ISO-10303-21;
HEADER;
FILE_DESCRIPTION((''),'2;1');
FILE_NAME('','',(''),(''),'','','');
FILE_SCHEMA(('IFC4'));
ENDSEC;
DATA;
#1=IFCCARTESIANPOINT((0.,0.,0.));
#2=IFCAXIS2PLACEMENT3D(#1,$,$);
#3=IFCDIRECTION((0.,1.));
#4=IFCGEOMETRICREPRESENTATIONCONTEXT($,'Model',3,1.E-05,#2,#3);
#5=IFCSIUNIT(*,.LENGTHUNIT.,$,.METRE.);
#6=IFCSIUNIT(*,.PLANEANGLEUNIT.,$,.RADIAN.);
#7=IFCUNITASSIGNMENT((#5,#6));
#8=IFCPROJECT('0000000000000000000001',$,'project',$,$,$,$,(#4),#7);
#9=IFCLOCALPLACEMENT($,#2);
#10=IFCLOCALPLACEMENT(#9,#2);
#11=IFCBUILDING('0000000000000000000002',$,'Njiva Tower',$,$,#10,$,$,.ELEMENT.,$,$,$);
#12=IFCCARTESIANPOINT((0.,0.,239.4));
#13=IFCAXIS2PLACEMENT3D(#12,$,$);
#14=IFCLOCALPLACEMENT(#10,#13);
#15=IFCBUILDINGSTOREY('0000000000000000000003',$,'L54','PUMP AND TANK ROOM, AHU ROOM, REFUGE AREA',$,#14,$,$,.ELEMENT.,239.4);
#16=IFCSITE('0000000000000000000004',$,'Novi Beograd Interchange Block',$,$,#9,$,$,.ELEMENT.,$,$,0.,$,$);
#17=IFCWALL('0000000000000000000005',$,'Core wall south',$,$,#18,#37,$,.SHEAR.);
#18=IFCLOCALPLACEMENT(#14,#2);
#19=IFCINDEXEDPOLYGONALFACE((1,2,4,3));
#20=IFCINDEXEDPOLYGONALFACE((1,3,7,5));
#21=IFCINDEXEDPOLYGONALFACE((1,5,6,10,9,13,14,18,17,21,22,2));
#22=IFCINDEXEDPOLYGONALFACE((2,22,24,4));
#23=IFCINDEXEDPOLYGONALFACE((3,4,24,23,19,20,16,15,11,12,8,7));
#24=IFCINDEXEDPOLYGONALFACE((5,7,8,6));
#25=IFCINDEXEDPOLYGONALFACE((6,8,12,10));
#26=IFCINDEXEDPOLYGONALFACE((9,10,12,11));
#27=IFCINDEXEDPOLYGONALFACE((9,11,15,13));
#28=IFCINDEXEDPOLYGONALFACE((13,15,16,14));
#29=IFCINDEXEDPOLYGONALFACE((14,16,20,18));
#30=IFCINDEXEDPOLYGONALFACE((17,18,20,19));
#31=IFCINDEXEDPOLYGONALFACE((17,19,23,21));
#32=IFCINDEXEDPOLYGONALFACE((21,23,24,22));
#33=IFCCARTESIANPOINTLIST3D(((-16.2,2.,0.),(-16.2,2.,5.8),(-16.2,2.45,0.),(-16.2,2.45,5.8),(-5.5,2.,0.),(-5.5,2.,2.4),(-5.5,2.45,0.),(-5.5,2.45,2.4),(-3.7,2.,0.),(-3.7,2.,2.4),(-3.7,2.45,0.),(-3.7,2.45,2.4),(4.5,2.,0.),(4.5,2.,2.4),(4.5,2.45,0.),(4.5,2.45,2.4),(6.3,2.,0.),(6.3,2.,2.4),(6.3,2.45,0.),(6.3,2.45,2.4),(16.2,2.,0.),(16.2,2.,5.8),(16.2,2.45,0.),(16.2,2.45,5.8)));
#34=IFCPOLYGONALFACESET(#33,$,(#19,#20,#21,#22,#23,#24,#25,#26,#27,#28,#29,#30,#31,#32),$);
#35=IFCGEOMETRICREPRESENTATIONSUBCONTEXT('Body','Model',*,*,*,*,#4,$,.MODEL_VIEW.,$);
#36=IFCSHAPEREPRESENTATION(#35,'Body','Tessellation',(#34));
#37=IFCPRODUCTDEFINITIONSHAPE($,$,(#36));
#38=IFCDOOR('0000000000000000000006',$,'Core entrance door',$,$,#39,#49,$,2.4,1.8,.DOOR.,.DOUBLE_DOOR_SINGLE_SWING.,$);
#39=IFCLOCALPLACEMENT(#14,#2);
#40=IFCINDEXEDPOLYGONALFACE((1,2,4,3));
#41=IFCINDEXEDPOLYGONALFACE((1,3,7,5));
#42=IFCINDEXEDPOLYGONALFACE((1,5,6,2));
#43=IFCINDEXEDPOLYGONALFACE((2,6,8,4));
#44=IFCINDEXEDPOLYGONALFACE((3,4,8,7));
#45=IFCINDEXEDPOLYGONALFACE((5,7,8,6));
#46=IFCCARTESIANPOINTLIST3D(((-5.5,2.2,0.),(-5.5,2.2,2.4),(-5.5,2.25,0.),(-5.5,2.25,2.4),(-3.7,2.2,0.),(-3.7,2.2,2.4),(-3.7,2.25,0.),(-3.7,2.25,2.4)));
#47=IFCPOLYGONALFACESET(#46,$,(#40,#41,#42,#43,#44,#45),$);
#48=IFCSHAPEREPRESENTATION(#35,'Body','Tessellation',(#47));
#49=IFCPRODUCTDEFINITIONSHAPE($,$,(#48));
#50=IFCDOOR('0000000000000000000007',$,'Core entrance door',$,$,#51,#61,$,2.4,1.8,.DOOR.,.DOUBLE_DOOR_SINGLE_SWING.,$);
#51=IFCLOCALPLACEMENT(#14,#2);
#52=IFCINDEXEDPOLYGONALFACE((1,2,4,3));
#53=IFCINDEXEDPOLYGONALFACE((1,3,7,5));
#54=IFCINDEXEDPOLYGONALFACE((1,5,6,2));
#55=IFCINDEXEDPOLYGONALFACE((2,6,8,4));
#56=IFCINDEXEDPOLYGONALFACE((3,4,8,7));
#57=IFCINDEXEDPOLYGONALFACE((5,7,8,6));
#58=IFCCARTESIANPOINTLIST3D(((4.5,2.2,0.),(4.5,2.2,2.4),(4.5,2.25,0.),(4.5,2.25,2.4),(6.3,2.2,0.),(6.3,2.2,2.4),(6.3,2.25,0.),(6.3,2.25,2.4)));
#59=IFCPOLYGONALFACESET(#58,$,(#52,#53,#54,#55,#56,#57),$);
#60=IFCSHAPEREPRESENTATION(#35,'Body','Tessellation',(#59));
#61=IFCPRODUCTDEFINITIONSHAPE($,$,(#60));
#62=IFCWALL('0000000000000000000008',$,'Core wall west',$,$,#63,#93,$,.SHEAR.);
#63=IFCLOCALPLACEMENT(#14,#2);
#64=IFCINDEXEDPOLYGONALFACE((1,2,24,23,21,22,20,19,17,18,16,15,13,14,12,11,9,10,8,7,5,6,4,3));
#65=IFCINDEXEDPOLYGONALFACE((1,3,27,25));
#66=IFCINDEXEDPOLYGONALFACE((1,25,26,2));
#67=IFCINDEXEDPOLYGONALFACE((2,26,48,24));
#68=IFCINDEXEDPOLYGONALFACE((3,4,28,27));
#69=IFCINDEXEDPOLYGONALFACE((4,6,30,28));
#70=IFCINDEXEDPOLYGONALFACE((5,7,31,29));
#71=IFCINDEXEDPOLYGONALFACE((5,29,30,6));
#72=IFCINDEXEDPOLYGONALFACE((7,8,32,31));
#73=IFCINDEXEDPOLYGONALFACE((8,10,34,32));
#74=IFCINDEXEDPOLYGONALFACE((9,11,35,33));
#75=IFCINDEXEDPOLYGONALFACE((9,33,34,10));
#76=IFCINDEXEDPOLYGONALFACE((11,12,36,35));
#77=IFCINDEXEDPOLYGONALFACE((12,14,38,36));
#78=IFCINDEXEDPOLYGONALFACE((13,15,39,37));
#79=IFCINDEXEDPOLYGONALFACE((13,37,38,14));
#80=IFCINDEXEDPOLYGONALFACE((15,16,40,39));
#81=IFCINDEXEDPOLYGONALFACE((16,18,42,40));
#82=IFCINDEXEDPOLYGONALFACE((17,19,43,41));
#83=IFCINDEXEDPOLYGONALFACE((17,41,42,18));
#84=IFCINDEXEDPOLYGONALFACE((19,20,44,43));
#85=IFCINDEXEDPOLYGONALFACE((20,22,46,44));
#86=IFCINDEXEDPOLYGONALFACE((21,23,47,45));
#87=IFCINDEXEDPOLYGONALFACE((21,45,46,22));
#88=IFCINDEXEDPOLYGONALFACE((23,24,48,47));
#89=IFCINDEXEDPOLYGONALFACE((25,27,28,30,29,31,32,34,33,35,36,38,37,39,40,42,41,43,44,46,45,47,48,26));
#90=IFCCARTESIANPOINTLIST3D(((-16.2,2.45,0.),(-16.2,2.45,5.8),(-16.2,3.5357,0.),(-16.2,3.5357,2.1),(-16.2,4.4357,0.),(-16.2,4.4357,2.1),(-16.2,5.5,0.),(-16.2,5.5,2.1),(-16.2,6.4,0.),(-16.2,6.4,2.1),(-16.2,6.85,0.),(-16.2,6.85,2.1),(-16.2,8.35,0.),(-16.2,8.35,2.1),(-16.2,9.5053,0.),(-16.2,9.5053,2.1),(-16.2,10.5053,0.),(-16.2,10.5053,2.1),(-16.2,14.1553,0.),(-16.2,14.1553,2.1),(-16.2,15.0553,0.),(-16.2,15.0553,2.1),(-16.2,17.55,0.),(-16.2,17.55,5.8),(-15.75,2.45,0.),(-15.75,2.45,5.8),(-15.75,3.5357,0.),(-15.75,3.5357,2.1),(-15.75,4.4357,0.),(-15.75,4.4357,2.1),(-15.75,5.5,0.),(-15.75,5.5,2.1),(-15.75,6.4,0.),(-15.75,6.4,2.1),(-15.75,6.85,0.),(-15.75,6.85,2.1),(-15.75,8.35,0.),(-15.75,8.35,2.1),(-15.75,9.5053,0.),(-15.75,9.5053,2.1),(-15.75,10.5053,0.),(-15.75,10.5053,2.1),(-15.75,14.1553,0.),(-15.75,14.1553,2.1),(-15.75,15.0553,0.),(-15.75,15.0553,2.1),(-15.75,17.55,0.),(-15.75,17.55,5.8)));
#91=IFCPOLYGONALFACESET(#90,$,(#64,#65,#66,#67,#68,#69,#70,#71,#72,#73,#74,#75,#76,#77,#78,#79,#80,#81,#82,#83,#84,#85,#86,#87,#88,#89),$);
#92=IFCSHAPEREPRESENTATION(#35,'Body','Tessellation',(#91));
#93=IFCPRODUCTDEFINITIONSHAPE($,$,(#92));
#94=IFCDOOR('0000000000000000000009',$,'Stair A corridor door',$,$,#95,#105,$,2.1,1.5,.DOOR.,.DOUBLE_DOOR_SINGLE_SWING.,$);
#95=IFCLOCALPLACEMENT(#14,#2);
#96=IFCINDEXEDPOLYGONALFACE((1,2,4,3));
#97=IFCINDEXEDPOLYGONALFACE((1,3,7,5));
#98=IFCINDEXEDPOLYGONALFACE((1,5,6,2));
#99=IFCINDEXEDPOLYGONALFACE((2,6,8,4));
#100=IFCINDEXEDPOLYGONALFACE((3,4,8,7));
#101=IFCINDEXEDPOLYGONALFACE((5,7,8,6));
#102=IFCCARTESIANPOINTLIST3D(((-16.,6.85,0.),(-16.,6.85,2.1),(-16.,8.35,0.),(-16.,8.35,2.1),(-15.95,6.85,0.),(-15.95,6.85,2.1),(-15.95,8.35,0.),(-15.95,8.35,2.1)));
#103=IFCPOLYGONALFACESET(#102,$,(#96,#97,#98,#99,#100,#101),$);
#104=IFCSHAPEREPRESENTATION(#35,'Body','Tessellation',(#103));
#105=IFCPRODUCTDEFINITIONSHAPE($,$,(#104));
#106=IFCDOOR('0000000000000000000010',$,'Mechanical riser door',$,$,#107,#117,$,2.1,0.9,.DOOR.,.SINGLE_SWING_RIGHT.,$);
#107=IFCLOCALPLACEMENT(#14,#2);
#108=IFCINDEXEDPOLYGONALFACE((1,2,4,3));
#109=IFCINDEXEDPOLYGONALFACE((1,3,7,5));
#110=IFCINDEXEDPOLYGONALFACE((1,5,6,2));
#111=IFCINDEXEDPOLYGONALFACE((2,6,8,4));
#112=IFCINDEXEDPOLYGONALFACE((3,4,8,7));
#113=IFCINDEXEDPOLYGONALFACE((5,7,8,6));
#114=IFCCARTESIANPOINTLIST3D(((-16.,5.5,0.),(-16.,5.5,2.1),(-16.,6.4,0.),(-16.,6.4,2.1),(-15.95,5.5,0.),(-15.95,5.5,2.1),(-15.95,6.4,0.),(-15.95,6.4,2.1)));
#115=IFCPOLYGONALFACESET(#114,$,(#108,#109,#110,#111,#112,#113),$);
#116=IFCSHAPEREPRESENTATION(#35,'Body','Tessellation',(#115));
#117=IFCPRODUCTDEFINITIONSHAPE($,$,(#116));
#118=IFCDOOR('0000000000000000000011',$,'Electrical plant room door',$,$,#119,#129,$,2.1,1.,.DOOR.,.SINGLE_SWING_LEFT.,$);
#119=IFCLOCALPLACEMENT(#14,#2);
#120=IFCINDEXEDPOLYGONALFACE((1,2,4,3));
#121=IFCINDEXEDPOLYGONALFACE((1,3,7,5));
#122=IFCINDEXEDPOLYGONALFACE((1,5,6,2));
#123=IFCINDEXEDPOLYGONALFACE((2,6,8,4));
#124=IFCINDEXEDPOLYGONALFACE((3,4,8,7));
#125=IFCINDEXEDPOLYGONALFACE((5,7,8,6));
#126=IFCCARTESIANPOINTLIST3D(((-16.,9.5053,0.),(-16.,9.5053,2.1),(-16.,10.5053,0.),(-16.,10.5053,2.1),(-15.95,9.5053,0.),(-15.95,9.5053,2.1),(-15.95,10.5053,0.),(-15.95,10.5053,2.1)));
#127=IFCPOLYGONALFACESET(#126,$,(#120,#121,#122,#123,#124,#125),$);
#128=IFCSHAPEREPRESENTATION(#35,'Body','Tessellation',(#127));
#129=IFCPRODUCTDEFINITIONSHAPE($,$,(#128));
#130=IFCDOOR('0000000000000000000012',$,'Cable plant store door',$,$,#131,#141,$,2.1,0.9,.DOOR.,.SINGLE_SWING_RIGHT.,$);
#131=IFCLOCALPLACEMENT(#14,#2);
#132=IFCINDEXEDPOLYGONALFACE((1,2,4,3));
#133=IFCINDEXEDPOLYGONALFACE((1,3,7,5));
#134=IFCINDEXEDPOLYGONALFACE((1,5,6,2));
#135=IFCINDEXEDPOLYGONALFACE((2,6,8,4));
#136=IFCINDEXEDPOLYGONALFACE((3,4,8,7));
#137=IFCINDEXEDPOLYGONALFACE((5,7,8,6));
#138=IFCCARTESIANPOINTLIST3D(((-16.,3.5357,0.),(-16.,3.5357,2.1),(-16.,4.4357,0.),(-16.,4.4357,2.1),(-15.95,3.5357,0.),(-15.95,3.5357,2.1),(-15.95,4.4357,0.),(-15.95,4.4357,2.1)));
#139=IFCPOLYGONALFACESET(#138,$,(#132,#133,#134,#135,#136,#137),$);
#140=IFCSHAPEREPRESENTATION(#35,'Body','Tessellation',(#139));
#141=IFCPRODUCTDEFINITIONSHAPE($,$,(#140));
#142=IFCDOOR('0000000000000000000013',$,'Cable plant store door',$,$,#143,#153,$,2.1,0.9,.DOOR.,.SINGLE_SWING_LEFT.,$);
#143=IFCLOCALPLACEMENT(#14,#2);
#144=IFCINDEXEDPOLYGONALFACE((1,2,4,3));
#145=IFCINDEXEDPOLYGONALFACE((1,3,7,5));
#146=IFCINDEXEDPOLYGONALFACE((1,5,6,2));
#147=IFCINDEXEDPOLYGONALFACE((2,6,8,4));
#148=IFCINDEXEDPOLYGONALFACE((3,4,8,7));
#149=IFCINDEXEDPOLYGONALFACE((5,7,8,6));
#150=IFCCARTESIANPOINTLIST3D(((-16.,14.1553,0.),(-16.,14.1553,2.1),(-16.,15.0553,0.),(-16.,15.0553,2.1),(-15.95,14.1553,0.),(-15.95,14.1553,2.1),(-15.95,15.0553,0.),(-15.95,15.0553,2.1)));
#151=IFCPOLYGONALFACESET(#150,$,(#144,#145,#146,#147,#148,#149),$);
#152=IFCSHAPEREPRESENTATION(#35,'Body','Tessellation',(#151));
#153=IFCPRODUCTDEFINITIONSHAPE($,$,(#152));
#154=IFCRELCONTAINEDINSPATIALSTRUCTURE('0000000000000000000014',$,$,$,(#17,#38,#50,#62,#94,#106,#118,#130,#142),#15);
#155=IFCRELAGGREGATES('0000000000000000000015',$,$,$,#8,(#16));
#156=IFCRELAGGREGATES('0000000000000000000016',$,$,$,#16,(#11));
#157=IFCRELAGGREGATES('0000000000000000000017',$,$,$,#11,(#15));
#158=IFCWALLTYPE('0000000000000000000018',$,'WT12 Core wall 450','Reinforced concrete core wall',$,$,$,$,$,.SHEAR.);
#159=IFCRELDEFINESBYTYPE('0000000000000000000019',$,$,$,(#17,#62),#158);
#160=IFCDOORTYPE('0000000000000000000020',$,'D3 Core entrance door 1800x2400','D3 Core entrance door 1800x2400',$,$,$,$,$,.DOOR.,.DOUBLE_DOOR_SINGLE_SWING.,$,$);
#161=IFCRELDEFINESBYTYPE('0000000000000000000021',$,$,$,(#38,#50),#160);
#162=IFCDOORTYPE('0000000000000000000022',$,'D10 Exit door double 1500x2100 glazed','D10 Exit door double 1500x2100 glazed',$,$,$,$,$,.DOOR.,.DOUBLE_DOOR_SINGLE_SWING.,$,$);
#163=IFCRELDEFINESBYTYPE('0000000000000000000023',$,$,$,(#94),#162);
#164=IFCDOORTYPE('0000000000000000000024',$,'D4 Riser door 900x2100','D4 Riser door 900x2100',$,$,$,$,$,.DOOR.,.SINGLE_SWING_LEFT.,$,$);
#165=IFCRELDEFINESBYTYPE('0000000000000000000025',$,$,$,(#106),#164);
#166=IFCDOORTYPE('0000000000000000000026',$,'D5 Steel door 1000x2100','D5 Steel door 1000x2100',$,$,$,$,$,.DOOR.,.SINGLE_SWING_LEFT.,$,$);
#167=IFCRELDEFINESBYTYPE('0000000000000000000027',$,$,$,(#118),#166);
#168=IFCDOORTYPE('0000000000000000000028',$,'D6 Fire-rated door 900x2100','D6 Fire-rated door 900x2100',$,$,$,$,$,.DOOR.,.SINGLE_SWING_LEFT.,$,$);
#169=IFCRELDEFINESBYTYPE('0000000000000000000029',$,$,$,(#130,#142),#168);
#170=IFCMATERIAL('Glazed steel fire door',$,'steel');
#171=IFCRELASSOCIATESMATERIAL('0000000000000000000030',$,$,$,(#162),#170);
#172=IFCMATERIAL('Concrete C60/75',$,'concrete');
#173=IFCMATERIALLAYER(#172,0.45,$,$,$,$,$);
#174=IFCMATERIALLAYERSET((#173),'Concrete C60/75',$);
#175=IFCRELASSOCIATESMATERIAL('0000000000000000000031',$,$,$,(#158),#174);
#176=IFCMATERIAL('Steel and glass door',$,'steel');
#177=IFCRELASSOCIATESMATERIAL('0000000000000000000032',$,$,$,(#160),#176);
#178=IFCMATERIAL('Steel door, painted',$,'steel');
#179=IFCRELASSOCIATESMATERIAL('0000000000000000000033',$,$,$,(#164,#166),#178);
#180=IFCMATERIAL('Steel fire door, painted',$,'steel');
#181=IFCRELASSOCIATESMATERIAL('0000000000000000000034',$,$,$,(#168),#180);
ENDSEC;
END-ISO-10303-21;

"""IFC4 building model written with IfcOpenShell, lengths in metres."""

from ifc_helpers import new_model, si_unit, direction, frame, frame_2d, origin, place, context, subcontext, project, spatial, rectangle, extrude, material, layer, layer_set, type_object, element, fill, save


model = new_model("IFC4")

# Units and contexts
model_context = context("Model", 3, precision=1e-05, world=origin(), true_north=direction((0.0, 1.0)))
body_context = subcontext(model_context, "Body", "Model", "MODEL_VIEW")
ifc_project = project(units=[si_unit("LENGTHUNIT", "METRE"), si_unit("PLANEANGLEUNIT", "RADIAN")], contexts=[model_context])

# Site, building, storey
site_placement = place(None, origin())
site = spatial("IfcSite", under=ifc_project, at=site_placement, Name="Novi Beograd Interchange Block", CompositionType="ELEMENT", RefElevation=0.0)
building_placement = place(site_placement, origin())
building = spatial("IfcBuilding", under=site, at=building_placement, Name="Njiva Tower", CompositionType="ELEMENT")
storey_placement = place(building_placement, frame((0.0, 0.0, 239.4)))
storey = spatial("IfcBuildingStorey", under=building, at=storey_placement, Name="L54", Description="PUMP AND TANK ROOM, AHU ROOM, REFUGE AREA", CompositionType="ELEMENT", Elevation=239.4)

# Shared definitions
ifc_material_1 = material(Name="Glazed steel fire door", Category="steel")
door_type_1 = type_object("IfcDoorType", Name="D10 Exit door double 1500x2100 glazed", Description="D10 Exit door double 1500x2100 glazed", OperationType="DOUBLE_DOOR_SINGLE_SWING", PredefinedType="DOOR", material=ifc_material_1)

# Walls, openings, doors
ifc_material_2 = material(Name="Concrete C60/75", Category="concrete")
ifc_layer_1 = layer(ifc_material_2, 0.45)
ifc_layer_set_1 = layer_set([ifc_layer_1], Name="Concrete C60/75")
wall_type_1 = type_object("IfcWallType", Name="WT12 Core wall 450", Description="Reinforced concrete core wall", PredefinedType="SHEAR", material=ifc_layer_set_1)
wall_1_placement = place(storey_placement, frame((-16.2, 2.225, 0.0), z_axis=(0.0, 0.0, 1.0), x_axis=(1.0, 0.0, 0.0)))
wall_1 = element("IfcWall", 1, at=wall_1_placement, inside=storey, type_object=wall_type_1, Name="Core wall south", PredefinedType="SHEAR", context=body_context, shape_type="SweptSolid", body=[
    extrude(rectangle(XDim=32.4, YDim=0.45, at=frame_2d((16.2, 0.0))), origin(), (0.0, 0.0, 1.0), 5.8),
])
opening_1_placement = place(wall_1_placement, frame((10.7, 0.0, 0.0)))
opening_1 = element("IfcOpeningElement", 2, at=opening_1_placement, cuts=wall_1, PredefinedType="OPENING", context=body_context, shape_type="SweptSolid", body=[
    extrude(rectangle(XDim=1.8, YDim=2.4, at=frame_2d((0.9, 1.2))), frame((0.0, 0.235, 0.0), z_axis=(0.0, -1.0, 0.0), x_axis=(1.0, 0.0, 0.0)), (0.0, 0.0, 1.0), 0.47),
])
opening_2_placement = place(wall_1_placement, frame((20.7, 0.0, 0.0)))
opening_2 = element("IfcOpeningElement", 3, at=opening_2_placement, cuts=wall_1, PredefinedType="OPENING", context=body_context, shape_type="SweptSolid", body=[
    extrude(rectangle(XDim=1.8, YDim=2.4, at=frame_2d((0.9, 1.2))), frame((0.0, 0.235, 0.0), z_axis=(0.0, -1.0, 0.0), x_axis=(1.0, 0.0, 0.0)), (0.0, 0.0, 1.0), 0.47),
])
ifc_material_3 = material(Name="Steel and glass door", Category="steel")
door_type_2 = type_object("IfcDoorType", Name="D3 Core entrance door 1800x2400", Description="D3 Core entrance door 1800x2400", OperationType="DOUBLE_DOOR_SINGLE_SWING", PredefinedType="DOOR", material=ifc_material_3)
door_1_placement = place(opening_1_placement, origin())
door_1 = element("IfcDoor", 4, at=door_1_placement, inside=storey, type_object=door_type_2, Name="Core entrance door", OperationType="DOUBLE_DOOR_SINGLE_SWING", OverallHeight=2.4, OverallWidth=1.8, PredefinedType="DOOR", context=body_context, shape_type="SweptSolid", body=[
    extrude(rectangle(XDim=1.8, YDim=2.4, at=frame_2d((0.9, 1.2))), frame((0.0, 0.025, 0.0), z_axis=(0.0, -1.0, 0.0), x_axis=(1.0, 0.0, 0.0)), (0.0, 0.0, 1.0), 0.05),
])
fill(opening_1, door_1)
door_2_placement = place(opening_2_placement, origin())
door_2 = element("IfcDoor", 5, at=door_2_placement, inside=storey, type_object=door_type_2, Name="Core entrance door", OperationType="DOUBLE_DOOR_SINGLE_SWING", OverallHeight=2.4, OverallWidth=1.8, PredefinedType="DOOR", context=body_context, shape_type="SweptSolid", body=[
    extrude(rectangle(XDim=1.8, YDim=2.4, at=frame_2d((0.9, 1.2))), frame((0.0, 0.025, 0.0), z_axis=(0.0, -1.0, 0.0), x_axis=(1.0, 0.0, 0.0)), (0.0, 0.0, 1.0), 0.05),
])
fill(opening_2, door_2)
wall_2_placement = place(storey_placement, frame((-15.975, 2.45, 0.0), z_axis=(0.0, 0.0, 1.0), x_axis=(0.0, 1.0, 0.0)))
wall_2 = element("IfcWall", 6, at=wall_2_placement, inside=storey, type_object=wall_type_1, Name="Core wall west", PredefinedType="SHEAR", context=body_context, shape_type="SweptSolid", body=[
    extrude(rectangle(XDim=15.1, YDim=0.45, at=frame_2d((7.55, 0.0))), origin(), (0.0, 0.0, 1.0), 5.8),
])
opening_3_placement = place(wall_2_placement, frame((4.4, 0.0, 0.0)))
opening_3 = element("IfcOpeningElement", 7, at=opening_3_placement, cuts=wall_2, PredefinedType="OPENING", context=body_context, shape_type="SweptSolid", body=[
    extrude(rectangle(XDim=1.5, YDim=2.1, at=frame_2d((0.75, 1.05))), frame((0.0, 0.235, 0.0), z_axis=(0.0, -1.0, 0.0), x_axis=(1.0, 0.0, 0.0)), (0.0, 0.0, 1.0), 0.47),
])
opening_4_placement = place(wall_2_placement, frame((1.0857, 0.0, 0.0)))
opening_4 = element("IfcOpeningElement", 8, at=opening_4_placement, cuts=wall_2, PredefinedType="OPENING", context=body_context, shape_type="SweptSolid", body=[
    extrude(rectangle(XDim=0.9, YDim=2.1, at=frame_2d((0.45, 1.05))), frame((0.0, 0.235, 0.0), z_axis=(0.0, -1.0, 0.0), x_axis=(1.0, 0.0, 0.0)), (0.0, 0.0, 1.0), 0.47),
])
opening_5_placement = place(wall_2_placement, frame((3.05, 0.0, 0.0)))
opening_5 = element("IfcOpeningElement", 9, at=opening_5_placement, cuts=wall_2, PredefinedType="OPENING", context=body_context, shape_type="SweptSolid", body=[
    extrude(rectangle(XDim=0.9, YDim=2.1, at=frame_2d((0.45, 1.05))), frame((0.0, 0.235, 0.0), z_axis=(0.0, -1.0, 0.0), x_axis=(1.0, 0.0, 0.0)), (0.0, 0.0, 1.0), 0.47),
])
opening_6_placement = place(wall_2_placement, frame((7.0553, 0.0, 0.0)))
opening_6 = element("IfcOpeningElement", 10, at=opening_6_placement, cuts=wall_2, PredefinedType="OPENING", context=body_context, shape_type="SweptSolid", body=[
    extrude(rectangle(XDim=1.0, YDim=2.1, at=frame_2d((0.5, 1.05))), frame((0.0, 0.235, 0.0), z_axis=(0.0, -1.0, 0.0), x_axis=(1.0, 0.0, 0.0)), (0.0, 0.0, 1.0), 0.47),
])
opening_7_placement = place(wall_2_placement, frame((11.7053, 0.0, 0.0)))
opening_7 = element("IfcOpeningElement", 11, at=opening_7_placement, cuts=wall_2, PredefinedType="OPENING", context=body_context, shape_type="SweptSolid", body=[
    extrude(rectangle(XDim=0.9, YDim=2.1, at=frame_2d((0.45, 1.05))), frame((0.0, 0.235, 0.0), z_axis=(0.0, -1.0, 0.0), x_axis=(1.0, 0.0, 0.0)), (0.0, 0.0, 1.0), 0.47),
])
door_3_placement = place(opening_3_placement, origin())
door_3 = element("IfcDoor", 12, at=door_3_placement, inside=storey, type_object=door_type_1, Name="Stair A corridor door", OperationType="DOUBLE_DOOR_SINGLE_SWING", OverallHeight=2.1, OverallWidth=1.5, PredefinedType="DOOR", context=body_context, shape_type="SweptSolid", body=[
    extrude(rectangle(XDim=1.5, YDim=2.1, at=frame_2d((0.75, 1.05))), frame((0.0, 0.025, 0.0), z_axis=(0.0, -1.0, 0.0), x_axis=(1.0, 0.0, 0.0)), (0.0, 0.0, 1.0), 0.05),
])
fill(opening_3, door_3)
ifc_material_4 = material(Name="Steel door, painted", Category="steel")
door_type_3 = type_object("IfcDoorType", Name="D4 Riser door 900x2100", Description="D4 Riser door 900x2100", OperationType="SINGLE_SWING_LEFT", PredefinedType="DOOR", material=ifc_material_4)
door_4_placement = place(opening_5_placement, origin())
door_4 = element("IfcDoor", 13, at=door_4_placement, inside=storey, type_object=door_type_3, Name="Mechanical riser door", OperationType="SINGLE_SWING_RIGHT", OverallHeight=2.1, OverallWidth=0.9, PredefinedType="DOOR", context=body_context, shape_type="SweptSolid", body=[
    extrude(rectangle(XDim=0.9, YDim=2.1, at=frame_2d((0.45, 1.05))), frame((0.0, 0.025, 0.0), z_axis=(0.0, -1.0, 0.0), x_axis=(1.0, 0.0, 0.0)), (0.0, 0.0, 1.0), 0.05),
])
fill(opening_5, door_4)
door_type_4 = type_object("IfcDoorType", Name="D5 Steel door 1000x2100", Description="D5 Steel door 1000x2100", OperationType="SINGLE_SWING_LEFT", PredefinedType="DOOR", material=ifc_material_4)
door_5_placement = place(opening_6_placement, origin())
door_5 = element("IfcDoor", 14, at=door_5_placement, inside=storey, type_object=door_type_4, Name="Electrical plant room door", OperationType="SINGLE_SWING_LEFT", OverallHeight=2.1, OverallWidth=1.0, PredefinedType="DOOR", context=body_context, shape_type="SweptSolid", body=[
    extrude(rectangle(XDim=1.0, YDim=2.1, at=frame_2d((0.5, 1.05))), frame((0.0, 0.025, 0.0), z_axis=(0.0, -1.0, 0.0), x_axis=(1.0, 0.0, 0.0)), (0.0, 0.0, 1.0), 0.05),
])
fill(opening_6, door_5)
ifc_material_5 = material(Name="Steel fire door, painted", Category="steel")
door_type_5 = type_object("IfcDoorType", Name="D6 Fire-rated door 900x2100", Description="D6 Fire-rated door 900x2100", OperationType="SINGLE_SWING_LEFT", PredefinedType="DOOR", material=ifc_material_5)
door_6_placement = place(opening_4_placement, origin())
door_6 = element("IfcDoor", 15, at=door_6_placement, inside=storey, type_object=door_type_5, Name="Cable plant store door", OperationType="SINGLE_SWING_RIGHT", OverallHeight=2.1, OverallWidth=0.9, PredefinedType="DOOR", context=body_context, shape_type="SweptSolid", body=[
    extrude(rectangle(XDim=0.9, YDim=2.1, at=frame_2d((0.45, 1.05))), frame((0.0, 0.025, 0.0), z_axis=(0.0, -1.0, 0.0), x_axis=(1.0, 0.0, 0.0)), (0.0, 0.0, 1.0), 0.05),
])
fill(opening_4, door_6)
door_7_placement = place(opening_7_placement, origin())
door_7 = element("IfcDoor", 16, at=door_7_placement, inside=storey, type_object=door_type_5, Name="Cable plant store door", OperationType="SINGLE_SWING_LEFT", OverallHeight=2.1, OverallWidth=0.9, PredefinedType="DOOR", context=body_context, shape_type="SweptSolid", body=[
    extrude(rectangle(XDim=0.9, YDim=2.1, at=frame_2d((0.45, 1.05))), frame((0.0, 0.025, 0.0), z_axis=(0.0, -1.0, 0.0), x_axis=(1.0, 0.0, 0.0)), (0.0, 0.0, 1.0), 0.05),
])
fill(opening_7, door_7)

save(model, "model.ifc")
